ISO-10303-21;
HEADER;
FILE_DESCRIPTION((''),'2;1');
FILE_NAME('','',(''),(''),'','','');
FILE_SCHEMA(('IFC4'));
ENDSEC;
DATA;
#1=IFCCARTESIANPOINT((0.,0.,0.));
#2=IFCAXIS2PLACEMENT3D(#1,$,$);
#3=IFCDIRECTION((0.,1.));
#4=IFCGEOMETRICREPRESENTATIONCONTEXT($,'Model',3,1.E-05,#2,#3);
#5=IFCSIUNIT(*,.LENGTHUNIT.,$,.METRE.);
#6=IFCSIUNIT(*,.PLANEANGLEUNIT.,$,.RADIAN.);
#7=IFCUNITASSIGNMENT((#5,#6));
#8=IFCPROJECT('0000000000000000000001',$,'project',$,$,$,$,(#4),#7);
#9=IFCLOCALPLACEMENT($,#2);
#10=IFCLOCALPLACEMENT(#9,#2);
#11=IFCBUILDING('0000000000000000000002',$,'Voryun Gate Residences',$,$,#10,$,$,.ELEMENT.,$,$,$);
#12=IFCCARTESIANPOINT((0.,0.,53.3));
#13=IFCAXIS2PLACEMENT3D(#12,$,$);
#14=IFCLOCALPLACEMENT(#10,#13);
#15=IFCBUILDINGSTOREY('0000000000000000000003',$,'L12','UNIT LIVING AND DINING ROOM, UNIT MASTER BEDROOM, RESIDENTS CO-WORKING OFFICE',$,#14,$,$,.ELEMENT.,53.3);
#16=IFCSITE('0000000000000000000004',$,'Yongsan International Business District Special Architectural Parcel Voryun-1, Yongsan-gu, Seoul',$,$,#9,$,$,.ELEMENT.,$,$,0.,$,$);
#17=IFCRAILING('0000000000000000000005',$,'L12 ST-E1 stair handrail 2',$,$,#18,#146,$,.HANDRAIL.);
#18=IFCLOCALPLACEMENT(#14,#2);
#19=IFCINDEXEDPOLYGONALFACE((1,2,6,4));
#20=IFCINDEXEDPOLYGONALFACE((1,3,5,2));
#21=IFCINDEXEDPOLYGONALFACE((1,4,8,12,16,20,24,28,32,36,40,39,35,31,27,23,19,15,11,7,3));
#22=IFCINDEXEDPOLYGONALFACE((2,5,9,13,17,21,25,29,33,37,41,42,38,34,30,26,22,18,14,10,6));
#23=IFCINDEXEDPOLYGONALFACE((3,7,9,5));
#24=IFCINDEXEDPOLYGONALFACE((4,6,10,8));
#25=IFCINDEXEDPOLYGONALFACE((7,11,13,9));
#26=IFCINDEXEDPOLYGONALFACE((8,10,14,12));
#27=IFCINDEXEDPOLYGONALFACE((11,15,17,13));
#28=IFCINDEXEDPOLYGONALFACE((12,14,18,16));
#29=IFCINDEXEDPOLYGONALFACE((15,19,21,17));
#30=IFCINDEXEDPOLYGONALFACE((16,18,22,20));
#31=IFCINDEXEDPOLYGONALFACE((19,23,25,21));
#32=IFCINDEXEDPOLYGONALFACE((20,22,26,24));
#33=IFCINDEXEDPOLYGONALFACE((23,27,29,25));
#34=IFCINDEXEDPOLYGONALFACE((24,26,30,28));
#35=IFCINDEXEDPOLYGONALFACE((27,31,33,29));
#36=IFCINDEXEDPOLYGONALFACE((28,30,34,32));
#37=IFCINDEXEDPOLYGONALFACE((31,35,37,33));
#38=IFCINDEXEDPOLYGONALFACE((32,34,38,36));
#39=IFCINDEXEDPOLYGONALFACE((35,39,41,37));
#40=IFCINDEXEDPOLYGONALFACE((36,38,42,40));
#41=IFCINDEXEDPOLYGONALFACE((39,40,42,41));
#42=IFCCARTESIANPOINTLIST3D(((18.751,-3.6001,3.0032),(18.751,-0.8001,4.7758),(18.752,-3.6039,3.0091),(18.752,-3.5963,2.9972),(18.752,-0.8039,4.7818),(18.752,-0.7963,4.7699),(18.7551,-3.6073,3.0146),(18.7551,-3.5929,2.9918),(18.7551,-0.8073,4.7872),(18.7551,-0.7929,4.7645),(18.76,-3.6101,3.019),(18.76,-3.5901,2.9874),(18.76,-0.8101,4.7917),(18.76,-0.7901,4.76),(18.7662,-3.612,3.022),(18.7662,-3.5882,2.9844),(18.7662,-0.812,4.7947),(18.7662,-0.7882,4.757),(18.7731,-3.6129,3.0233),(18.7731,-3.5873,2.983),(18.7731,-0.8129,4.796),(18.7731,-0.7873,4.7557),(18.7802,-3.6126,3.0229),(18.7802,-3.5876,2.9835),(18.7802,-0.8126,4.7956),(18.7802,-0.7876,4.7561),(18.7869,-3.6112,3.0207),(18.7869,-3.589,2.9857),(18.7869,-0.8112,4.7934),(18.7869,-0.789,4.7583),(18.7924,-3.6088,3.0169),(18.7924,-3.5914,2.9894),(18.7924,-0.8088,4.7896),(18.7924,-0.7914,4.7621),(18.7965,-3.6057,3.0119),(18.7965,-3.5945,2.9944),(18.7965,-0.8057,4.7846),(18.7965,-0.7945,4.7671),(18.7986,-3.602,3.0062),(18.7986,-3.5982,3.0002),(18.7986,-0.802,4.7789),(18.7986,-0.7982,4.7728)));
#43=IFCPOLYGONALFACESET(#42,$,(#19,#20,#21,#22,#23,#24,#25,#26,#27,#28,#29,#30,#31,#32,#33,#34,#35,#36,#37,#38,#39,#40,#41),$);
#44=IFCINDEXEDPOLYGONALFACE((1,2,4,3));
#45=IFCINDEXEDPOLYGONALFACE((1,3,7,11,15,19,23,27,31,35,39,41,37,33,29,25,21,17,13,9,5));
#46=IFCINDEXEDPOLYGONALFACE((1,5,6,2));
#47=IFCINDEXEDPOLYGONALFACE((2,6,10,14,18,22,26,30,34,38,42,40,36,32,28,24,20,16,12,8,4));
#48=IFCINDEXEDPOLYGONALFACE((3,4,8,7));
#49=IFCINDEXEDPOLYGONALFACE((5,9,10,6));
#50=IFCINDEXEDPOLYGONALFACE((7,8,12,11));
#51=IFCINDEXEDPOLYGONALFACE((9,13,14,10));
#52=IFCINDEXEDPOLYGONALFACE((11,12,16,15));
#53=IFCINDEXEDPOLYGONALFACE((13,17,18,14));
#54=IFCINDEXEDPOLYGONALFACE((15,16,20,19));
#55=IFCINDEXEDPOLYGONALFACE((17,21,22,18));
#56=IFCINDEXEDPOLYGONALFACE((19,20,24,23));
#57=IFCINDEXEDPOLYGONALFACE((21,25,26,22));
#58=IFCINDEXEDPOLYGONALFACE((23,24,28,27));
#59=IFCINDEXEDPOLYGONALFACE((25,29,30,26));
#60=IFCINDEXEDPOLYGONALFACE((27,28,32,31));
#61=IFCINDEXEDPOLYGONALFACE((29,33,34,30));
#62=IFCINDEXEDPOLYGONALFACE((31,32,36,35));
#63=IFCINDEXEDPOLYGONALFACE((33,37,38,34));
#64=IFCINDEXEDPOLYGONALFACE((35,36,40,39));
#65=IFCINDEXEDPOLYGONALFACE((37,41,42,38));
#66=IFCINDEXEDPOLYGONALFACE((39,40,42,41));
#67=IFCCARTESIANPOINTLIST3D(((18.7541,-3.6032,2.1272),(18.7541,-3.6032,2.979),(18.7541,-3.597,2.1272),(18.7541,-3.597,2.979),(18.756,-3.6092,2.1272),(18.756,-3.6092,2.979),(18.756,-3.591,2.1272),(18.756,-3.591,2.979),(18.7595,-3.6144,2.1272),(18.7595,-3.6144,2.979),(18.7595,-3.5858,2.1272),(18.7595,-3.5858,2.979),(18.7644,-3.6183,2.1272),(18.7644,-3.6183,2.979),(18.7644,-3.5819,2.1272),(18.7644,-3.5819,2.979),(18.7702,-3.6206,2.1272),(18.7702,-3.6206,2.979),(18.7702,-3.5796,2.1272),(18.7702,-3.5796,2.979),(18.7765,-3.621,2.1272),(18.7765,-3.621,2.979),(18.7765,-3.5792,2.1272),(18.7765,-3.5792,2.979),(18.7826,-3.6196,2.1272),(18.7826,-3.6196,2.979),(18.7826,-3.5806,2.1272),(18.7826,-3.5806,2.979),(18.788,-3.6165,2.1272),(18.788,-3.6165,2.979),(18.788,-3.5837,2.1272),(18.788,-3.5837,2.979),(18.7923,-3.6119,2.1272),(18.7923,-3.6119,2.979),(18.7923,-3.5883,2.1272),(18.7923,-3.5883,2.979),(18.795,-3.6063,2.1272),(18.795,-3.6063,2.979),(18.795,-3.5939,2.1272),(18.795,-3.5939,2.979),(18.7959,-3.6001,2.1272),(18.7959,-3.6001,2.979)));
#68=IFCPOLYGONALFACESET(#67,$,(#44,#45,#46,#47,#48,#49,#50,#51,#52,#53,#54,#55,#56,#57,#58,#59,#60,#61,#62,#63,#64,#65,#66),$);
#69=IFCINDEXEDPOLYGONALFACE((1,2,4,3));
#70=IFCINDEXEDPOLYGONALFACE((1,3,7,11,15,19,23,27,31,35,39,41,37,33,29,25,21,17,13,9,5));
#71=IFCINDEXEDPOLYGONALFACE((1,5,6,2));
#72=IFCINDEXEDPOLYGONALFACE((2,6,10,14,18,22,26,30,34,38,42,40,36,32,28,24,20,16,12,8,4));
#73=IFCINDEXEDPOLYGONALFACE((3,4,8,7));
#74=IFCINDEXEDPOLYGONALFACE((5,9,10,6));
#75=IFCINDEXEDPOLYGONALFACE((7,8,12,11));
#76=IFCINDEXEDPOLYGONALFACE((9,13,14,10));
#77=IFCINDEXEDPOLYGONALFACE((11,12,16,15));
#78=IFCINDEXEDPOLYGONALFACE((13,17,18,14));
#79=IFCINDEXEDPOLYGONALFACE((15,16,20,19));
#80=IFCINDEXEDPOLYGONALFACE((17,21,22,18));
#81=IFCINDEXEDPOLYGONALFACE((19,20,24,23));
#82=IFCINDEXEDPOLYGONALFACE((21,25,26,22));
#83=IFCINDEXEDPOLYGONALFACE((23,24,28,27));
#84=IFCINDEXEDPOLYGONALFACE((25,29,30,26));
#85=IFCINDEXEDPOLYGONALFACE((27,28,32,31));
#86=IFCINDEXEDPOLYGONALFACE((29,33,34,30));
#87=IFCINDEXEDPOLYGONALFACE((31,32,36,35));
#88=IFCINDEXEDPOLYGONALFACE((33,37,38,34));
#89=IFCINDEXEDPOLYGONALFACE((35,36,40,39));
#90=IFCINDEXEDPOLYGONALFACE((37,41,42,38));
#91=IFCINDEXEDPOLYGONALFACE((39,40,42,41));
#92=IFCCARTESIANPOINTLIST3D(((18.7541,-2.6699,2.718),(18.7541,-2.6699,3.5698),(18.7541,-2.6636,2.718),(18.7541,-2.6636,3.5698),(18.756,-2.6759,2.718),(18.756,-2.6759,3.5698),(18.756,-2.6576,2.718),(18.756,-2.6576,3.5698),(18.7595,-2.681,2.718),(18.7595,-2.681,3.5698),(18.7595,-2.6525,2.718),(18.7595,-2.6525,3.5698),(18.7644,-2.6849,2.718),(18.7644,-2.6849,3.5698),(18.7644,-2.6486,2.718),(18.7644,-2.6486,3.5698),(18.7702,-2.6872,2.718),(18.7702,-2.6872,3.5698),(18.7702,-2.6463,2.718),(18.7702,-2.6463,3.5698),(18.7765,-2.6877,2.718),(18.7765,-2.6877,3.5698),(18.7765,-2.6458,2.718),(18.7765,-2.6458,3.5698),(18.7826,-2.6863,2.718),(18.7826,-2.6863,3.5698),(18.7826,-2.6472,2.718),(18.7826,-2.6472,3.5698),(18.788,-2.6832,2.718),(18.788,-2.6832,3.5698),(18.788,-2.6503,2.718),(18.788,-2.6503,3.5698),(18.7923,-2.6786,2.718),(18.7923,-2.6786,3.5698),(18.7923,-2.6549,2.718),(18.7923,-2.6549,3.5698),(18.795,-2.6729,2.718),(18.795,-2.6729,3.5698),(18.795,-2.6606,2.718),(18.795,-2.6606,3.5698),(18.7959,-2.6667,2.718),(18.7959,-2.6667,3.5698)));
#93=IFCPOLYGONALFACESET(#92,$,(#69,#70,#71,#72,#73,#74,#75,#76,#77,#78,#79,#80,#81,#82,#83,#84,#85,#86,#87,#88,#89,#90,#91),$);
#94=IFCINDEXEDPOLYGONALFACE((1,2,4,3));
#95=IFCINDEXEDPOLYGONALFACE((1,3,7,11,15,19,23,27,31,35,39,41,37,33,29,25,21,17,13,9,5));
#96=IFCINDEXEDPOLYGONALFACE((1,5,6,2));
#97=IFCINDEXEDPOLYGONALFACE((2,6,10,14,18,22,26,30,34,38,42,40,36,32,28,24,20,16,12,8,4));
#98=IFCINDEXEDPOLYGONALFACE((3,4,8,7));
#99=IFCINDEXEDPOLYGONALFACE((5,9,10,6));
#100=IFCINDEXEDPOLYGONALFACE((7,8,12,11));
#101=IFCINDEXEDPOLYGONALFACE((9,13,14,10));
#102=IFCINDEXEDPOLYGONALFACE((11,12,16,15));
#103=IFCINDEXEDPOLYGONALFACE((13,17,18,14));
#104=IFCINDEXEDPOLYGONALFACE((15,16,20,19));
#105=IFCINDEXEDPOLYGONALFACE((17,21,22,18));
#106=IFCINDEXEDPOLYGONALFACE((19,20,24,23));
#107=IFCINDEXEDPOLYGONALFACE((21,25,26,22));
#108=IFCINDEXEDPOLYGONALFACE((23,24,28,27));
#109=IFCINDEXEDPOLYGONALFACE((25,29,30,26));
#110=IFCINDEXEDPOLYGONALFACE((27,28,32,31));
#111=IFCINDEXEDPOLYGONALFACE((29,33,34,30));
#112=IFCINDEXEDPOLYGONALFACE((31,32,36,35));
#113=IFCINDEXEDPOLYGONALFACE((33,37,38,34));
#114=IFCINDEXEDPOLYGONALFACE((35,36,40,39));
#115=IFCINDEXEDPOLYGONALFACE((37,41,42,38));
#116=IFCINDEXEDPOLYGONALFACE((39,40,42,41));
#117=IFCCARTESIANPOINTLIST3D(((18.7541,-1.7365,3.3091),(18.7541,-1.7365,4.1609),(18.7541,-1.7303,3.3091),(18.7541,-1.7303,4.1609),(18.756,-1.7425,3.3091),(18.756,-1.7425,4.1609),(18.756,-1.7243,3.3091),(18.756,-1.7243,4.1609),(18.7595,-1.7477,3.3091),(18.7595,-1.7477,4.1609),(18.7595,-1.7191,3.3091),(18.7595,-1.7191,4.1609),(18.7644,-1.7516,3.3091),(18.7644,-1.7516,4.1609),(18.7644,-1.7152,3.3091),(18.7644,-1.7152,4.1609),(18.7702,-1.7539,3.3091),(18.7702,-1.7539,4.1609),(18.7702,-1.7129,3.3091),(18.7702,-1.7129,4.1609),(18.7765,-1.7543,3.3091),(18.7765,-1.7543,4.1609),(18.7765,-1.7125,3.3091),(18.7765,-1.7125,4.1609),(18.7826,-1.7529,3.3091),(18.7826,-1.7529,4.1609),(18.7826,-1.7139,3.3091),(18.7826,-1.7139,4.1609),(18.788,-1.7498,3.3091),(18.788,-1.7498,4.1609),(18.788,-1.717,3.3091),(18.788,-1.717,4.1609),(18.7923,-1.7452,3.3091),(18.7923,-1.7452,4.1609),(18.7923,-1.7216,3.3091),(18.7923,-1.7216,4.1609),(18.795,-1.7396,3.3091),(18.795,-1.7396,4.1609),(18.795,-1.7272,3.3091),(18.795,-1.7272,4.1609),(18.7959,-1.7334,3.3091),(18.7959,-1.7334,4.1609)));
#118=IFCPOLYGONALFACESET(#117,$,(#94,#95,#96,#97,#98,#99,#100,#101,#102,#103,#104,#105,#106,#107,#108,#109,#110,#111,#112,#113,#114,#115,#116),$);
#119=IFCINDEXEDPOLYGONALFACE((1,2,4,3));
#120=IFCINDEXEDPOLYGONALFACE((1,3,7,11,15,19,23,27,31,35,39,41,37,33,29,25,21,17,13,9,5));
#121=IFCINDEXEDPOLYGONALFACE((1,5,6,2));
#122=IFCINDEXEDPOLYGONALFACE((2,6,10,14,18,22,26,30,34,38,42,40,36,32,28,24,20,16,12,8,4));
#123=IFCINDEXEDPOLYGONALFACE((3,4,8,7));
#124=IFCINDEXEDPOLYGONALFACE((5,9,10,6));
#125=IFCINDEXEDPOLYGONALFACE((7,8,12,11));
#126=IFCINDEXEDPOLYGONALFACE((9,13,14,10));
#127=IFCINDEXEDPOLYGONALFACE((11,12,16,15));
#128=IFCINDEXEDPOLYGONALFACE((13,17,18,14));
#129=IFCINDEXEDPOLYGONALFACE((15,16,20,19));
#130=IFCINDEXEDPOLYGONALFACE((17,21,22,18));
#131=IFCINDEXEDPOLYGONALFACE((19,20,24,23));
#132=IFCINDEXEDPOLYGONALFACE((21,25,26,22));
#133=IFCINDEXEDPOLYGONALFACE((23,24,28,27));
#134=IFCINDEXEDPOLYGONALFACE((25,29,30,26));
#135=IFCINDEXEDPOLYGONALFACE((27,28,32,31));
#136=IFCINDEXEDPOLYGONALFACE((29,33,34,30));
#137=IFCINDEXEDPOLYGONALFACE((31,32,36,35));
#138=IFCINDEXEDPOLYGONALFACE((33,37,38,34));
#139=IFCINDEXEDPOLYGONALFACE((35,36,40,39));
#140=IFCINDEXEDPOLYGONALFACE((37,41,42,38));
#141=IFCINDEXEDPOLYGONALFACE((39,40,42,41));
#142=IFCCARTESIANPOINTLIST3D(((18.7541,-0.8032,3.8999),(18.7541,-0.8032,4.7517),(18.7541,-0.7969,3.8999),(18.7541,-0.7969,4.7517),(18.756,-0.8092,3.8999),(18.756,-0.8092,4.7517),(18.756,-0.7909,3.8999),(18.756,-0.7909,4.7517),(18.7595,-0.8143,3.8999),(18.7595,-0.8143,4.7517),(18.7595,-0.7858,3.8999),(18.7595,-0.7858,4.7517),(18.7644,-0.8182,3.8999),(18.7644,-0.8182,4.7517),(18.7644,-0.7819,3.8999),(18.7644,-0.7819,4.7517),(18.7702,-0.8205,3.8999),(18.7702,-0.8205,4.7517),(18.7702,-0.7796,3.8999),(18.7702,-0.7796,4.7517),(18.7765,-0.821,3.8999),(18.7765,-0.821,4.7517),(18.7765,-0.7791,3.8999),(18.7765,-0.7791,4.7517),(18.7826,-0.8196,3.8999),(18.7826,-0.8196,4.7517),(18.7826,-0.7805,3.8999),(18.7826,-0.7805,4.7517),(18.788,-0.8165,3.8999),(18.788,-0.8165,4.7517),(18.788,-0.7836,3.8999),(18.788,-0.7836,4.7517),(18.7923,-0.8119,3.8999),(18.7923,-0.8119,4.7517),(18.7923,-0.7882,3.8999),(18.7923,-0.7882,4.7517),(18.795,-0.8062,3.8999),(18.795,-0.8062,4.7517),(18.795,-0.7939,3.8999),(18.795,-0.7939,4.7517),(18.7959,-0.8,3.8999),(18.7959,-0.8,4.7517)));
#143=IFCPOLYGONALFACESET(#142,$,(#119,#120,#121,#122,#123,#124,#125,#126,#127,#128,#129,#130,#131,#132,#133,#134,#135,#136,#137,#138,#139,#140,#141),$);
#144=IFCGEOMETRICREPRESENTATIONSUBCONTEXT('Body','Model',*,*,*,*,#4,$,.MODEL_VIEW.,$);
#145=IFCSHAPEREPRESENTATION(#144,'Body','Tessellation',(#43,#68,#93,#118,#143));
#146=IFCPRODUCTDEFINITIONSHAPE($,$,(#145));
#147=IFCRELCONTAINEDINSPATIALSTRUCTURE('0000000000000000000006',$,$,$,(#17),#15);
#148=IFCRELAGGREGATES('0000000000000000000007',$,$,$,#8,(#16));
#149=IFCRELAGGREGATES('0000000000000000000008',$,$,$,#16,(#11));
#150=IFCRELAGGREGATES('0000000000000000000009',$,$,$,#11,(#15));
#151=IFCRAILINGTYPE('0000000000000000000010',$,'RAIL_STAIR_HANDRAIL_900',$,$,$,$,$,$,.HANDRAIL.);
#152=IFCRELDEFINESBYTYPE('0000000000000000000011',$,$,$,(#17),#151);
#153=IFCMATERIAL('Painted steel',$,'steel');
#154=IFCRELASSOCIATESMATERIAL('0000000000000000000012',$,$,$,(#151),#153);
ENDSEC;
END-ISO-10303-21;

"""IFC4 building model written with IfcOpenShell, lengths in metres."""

from ifc_helpers import new_model, si_unit, direction, frame, origin, origin_2d, place, context, subcontext, project, spatial, circle, extrude, material, type_object, element, save


model = new_model("IFC4")

# Units and contexts
model_context = context("Model", 3, precision=1e-05, world=origin(), true_north=direction((0.0, 1.0)))
body_context = subcontext(model_context, "Body", "Model", "MODEL_VIEW")
ifc_project = project(units=[si_unit("LENGTHUNIT", "METRE"), si_unit("PLANEANGLEUNIT", "RADIAN")], contexts=[model_context])

# Site, building, storey
site_placement = place(None, origin())
site = spatial("IfcSite", under=ifc_project, at=site_placement, Name="Yongsan International Business District Special Architectural Parcel Voryun-1, Yongsan-gu, Seoul", CompositionType="ELEMENT", RefElevation=0.0)
building_placement = place(site_placement, origin())
building = spatial("IfcBuilding", under=site, at=building_placement, Name="Voryun Gate Residences", CompositionType="ELEMENT")
storey_placement = place(building_placement, frame((0.0, 0.0, 53.3)))
storey = spatial("IfcBuildingStorey", under=building, at=storey_placement, Name="L12", Description="UNIT LIVING AND DINING ROOM, UNIT MASTER BEDROOM, RESIDENTS CO-WORKING OFFICE", CompositionType="ELEMENT", Elevation=53.3)

# Railing
ifc_material_1 = material(Name="Painted steel", Category="steel")
railing_type_1 = type_object("IfcRailingType", Name="RAIL_STAIR_HANDRAIL_900", PredefinedType="HANDRAIL", material=ifc_material_1)
railing_1_placement = place(storey_placement, frame((18.7749, -3.6001, 2.1272)))
element("IfcRailing", 1, at=railing_1_placement, inside=storey, type_object=railing_type_1, Name="L12 ST-E1 stair handrail 2", PredefinedType="HANDRAIL", context=body_context, shape_type="SweptSolid", body=[
    extrude(circle(Radius=0.0239, at=origin_2d()), frame((0.0, 0.0, 0.876), z_axis=(0.0, 0.844909, 0.53491), x_axis=(-1.0, 0.0, 0.0)), (0.0, 0.0, 1.0), 3.314),
    extrude(circle(Radius=0.021, at=origin_2d()), origin(), (0.0, 0.0, 1.0), 0.8518),
    extrude(circle(Radius=0.021, at=origin_2d()), frame((0.0, 0.9333, 0.5908)), (0.0, 0.0, 1.0), 0.8518),
    extrude(circle(Radius=0.021, at=origin_2d()), frame((0.0, 1.8667, 1.1819)), (0.0, 0.0, 1.0), 0.8518),
    extrude(circle(Radius=0.021, at=origin_2d()), frame((0.0, 2.8, 1.7727)), (0.0, 0.0, 1.0), 0.8518),
])

save(model, "model.ifc")
